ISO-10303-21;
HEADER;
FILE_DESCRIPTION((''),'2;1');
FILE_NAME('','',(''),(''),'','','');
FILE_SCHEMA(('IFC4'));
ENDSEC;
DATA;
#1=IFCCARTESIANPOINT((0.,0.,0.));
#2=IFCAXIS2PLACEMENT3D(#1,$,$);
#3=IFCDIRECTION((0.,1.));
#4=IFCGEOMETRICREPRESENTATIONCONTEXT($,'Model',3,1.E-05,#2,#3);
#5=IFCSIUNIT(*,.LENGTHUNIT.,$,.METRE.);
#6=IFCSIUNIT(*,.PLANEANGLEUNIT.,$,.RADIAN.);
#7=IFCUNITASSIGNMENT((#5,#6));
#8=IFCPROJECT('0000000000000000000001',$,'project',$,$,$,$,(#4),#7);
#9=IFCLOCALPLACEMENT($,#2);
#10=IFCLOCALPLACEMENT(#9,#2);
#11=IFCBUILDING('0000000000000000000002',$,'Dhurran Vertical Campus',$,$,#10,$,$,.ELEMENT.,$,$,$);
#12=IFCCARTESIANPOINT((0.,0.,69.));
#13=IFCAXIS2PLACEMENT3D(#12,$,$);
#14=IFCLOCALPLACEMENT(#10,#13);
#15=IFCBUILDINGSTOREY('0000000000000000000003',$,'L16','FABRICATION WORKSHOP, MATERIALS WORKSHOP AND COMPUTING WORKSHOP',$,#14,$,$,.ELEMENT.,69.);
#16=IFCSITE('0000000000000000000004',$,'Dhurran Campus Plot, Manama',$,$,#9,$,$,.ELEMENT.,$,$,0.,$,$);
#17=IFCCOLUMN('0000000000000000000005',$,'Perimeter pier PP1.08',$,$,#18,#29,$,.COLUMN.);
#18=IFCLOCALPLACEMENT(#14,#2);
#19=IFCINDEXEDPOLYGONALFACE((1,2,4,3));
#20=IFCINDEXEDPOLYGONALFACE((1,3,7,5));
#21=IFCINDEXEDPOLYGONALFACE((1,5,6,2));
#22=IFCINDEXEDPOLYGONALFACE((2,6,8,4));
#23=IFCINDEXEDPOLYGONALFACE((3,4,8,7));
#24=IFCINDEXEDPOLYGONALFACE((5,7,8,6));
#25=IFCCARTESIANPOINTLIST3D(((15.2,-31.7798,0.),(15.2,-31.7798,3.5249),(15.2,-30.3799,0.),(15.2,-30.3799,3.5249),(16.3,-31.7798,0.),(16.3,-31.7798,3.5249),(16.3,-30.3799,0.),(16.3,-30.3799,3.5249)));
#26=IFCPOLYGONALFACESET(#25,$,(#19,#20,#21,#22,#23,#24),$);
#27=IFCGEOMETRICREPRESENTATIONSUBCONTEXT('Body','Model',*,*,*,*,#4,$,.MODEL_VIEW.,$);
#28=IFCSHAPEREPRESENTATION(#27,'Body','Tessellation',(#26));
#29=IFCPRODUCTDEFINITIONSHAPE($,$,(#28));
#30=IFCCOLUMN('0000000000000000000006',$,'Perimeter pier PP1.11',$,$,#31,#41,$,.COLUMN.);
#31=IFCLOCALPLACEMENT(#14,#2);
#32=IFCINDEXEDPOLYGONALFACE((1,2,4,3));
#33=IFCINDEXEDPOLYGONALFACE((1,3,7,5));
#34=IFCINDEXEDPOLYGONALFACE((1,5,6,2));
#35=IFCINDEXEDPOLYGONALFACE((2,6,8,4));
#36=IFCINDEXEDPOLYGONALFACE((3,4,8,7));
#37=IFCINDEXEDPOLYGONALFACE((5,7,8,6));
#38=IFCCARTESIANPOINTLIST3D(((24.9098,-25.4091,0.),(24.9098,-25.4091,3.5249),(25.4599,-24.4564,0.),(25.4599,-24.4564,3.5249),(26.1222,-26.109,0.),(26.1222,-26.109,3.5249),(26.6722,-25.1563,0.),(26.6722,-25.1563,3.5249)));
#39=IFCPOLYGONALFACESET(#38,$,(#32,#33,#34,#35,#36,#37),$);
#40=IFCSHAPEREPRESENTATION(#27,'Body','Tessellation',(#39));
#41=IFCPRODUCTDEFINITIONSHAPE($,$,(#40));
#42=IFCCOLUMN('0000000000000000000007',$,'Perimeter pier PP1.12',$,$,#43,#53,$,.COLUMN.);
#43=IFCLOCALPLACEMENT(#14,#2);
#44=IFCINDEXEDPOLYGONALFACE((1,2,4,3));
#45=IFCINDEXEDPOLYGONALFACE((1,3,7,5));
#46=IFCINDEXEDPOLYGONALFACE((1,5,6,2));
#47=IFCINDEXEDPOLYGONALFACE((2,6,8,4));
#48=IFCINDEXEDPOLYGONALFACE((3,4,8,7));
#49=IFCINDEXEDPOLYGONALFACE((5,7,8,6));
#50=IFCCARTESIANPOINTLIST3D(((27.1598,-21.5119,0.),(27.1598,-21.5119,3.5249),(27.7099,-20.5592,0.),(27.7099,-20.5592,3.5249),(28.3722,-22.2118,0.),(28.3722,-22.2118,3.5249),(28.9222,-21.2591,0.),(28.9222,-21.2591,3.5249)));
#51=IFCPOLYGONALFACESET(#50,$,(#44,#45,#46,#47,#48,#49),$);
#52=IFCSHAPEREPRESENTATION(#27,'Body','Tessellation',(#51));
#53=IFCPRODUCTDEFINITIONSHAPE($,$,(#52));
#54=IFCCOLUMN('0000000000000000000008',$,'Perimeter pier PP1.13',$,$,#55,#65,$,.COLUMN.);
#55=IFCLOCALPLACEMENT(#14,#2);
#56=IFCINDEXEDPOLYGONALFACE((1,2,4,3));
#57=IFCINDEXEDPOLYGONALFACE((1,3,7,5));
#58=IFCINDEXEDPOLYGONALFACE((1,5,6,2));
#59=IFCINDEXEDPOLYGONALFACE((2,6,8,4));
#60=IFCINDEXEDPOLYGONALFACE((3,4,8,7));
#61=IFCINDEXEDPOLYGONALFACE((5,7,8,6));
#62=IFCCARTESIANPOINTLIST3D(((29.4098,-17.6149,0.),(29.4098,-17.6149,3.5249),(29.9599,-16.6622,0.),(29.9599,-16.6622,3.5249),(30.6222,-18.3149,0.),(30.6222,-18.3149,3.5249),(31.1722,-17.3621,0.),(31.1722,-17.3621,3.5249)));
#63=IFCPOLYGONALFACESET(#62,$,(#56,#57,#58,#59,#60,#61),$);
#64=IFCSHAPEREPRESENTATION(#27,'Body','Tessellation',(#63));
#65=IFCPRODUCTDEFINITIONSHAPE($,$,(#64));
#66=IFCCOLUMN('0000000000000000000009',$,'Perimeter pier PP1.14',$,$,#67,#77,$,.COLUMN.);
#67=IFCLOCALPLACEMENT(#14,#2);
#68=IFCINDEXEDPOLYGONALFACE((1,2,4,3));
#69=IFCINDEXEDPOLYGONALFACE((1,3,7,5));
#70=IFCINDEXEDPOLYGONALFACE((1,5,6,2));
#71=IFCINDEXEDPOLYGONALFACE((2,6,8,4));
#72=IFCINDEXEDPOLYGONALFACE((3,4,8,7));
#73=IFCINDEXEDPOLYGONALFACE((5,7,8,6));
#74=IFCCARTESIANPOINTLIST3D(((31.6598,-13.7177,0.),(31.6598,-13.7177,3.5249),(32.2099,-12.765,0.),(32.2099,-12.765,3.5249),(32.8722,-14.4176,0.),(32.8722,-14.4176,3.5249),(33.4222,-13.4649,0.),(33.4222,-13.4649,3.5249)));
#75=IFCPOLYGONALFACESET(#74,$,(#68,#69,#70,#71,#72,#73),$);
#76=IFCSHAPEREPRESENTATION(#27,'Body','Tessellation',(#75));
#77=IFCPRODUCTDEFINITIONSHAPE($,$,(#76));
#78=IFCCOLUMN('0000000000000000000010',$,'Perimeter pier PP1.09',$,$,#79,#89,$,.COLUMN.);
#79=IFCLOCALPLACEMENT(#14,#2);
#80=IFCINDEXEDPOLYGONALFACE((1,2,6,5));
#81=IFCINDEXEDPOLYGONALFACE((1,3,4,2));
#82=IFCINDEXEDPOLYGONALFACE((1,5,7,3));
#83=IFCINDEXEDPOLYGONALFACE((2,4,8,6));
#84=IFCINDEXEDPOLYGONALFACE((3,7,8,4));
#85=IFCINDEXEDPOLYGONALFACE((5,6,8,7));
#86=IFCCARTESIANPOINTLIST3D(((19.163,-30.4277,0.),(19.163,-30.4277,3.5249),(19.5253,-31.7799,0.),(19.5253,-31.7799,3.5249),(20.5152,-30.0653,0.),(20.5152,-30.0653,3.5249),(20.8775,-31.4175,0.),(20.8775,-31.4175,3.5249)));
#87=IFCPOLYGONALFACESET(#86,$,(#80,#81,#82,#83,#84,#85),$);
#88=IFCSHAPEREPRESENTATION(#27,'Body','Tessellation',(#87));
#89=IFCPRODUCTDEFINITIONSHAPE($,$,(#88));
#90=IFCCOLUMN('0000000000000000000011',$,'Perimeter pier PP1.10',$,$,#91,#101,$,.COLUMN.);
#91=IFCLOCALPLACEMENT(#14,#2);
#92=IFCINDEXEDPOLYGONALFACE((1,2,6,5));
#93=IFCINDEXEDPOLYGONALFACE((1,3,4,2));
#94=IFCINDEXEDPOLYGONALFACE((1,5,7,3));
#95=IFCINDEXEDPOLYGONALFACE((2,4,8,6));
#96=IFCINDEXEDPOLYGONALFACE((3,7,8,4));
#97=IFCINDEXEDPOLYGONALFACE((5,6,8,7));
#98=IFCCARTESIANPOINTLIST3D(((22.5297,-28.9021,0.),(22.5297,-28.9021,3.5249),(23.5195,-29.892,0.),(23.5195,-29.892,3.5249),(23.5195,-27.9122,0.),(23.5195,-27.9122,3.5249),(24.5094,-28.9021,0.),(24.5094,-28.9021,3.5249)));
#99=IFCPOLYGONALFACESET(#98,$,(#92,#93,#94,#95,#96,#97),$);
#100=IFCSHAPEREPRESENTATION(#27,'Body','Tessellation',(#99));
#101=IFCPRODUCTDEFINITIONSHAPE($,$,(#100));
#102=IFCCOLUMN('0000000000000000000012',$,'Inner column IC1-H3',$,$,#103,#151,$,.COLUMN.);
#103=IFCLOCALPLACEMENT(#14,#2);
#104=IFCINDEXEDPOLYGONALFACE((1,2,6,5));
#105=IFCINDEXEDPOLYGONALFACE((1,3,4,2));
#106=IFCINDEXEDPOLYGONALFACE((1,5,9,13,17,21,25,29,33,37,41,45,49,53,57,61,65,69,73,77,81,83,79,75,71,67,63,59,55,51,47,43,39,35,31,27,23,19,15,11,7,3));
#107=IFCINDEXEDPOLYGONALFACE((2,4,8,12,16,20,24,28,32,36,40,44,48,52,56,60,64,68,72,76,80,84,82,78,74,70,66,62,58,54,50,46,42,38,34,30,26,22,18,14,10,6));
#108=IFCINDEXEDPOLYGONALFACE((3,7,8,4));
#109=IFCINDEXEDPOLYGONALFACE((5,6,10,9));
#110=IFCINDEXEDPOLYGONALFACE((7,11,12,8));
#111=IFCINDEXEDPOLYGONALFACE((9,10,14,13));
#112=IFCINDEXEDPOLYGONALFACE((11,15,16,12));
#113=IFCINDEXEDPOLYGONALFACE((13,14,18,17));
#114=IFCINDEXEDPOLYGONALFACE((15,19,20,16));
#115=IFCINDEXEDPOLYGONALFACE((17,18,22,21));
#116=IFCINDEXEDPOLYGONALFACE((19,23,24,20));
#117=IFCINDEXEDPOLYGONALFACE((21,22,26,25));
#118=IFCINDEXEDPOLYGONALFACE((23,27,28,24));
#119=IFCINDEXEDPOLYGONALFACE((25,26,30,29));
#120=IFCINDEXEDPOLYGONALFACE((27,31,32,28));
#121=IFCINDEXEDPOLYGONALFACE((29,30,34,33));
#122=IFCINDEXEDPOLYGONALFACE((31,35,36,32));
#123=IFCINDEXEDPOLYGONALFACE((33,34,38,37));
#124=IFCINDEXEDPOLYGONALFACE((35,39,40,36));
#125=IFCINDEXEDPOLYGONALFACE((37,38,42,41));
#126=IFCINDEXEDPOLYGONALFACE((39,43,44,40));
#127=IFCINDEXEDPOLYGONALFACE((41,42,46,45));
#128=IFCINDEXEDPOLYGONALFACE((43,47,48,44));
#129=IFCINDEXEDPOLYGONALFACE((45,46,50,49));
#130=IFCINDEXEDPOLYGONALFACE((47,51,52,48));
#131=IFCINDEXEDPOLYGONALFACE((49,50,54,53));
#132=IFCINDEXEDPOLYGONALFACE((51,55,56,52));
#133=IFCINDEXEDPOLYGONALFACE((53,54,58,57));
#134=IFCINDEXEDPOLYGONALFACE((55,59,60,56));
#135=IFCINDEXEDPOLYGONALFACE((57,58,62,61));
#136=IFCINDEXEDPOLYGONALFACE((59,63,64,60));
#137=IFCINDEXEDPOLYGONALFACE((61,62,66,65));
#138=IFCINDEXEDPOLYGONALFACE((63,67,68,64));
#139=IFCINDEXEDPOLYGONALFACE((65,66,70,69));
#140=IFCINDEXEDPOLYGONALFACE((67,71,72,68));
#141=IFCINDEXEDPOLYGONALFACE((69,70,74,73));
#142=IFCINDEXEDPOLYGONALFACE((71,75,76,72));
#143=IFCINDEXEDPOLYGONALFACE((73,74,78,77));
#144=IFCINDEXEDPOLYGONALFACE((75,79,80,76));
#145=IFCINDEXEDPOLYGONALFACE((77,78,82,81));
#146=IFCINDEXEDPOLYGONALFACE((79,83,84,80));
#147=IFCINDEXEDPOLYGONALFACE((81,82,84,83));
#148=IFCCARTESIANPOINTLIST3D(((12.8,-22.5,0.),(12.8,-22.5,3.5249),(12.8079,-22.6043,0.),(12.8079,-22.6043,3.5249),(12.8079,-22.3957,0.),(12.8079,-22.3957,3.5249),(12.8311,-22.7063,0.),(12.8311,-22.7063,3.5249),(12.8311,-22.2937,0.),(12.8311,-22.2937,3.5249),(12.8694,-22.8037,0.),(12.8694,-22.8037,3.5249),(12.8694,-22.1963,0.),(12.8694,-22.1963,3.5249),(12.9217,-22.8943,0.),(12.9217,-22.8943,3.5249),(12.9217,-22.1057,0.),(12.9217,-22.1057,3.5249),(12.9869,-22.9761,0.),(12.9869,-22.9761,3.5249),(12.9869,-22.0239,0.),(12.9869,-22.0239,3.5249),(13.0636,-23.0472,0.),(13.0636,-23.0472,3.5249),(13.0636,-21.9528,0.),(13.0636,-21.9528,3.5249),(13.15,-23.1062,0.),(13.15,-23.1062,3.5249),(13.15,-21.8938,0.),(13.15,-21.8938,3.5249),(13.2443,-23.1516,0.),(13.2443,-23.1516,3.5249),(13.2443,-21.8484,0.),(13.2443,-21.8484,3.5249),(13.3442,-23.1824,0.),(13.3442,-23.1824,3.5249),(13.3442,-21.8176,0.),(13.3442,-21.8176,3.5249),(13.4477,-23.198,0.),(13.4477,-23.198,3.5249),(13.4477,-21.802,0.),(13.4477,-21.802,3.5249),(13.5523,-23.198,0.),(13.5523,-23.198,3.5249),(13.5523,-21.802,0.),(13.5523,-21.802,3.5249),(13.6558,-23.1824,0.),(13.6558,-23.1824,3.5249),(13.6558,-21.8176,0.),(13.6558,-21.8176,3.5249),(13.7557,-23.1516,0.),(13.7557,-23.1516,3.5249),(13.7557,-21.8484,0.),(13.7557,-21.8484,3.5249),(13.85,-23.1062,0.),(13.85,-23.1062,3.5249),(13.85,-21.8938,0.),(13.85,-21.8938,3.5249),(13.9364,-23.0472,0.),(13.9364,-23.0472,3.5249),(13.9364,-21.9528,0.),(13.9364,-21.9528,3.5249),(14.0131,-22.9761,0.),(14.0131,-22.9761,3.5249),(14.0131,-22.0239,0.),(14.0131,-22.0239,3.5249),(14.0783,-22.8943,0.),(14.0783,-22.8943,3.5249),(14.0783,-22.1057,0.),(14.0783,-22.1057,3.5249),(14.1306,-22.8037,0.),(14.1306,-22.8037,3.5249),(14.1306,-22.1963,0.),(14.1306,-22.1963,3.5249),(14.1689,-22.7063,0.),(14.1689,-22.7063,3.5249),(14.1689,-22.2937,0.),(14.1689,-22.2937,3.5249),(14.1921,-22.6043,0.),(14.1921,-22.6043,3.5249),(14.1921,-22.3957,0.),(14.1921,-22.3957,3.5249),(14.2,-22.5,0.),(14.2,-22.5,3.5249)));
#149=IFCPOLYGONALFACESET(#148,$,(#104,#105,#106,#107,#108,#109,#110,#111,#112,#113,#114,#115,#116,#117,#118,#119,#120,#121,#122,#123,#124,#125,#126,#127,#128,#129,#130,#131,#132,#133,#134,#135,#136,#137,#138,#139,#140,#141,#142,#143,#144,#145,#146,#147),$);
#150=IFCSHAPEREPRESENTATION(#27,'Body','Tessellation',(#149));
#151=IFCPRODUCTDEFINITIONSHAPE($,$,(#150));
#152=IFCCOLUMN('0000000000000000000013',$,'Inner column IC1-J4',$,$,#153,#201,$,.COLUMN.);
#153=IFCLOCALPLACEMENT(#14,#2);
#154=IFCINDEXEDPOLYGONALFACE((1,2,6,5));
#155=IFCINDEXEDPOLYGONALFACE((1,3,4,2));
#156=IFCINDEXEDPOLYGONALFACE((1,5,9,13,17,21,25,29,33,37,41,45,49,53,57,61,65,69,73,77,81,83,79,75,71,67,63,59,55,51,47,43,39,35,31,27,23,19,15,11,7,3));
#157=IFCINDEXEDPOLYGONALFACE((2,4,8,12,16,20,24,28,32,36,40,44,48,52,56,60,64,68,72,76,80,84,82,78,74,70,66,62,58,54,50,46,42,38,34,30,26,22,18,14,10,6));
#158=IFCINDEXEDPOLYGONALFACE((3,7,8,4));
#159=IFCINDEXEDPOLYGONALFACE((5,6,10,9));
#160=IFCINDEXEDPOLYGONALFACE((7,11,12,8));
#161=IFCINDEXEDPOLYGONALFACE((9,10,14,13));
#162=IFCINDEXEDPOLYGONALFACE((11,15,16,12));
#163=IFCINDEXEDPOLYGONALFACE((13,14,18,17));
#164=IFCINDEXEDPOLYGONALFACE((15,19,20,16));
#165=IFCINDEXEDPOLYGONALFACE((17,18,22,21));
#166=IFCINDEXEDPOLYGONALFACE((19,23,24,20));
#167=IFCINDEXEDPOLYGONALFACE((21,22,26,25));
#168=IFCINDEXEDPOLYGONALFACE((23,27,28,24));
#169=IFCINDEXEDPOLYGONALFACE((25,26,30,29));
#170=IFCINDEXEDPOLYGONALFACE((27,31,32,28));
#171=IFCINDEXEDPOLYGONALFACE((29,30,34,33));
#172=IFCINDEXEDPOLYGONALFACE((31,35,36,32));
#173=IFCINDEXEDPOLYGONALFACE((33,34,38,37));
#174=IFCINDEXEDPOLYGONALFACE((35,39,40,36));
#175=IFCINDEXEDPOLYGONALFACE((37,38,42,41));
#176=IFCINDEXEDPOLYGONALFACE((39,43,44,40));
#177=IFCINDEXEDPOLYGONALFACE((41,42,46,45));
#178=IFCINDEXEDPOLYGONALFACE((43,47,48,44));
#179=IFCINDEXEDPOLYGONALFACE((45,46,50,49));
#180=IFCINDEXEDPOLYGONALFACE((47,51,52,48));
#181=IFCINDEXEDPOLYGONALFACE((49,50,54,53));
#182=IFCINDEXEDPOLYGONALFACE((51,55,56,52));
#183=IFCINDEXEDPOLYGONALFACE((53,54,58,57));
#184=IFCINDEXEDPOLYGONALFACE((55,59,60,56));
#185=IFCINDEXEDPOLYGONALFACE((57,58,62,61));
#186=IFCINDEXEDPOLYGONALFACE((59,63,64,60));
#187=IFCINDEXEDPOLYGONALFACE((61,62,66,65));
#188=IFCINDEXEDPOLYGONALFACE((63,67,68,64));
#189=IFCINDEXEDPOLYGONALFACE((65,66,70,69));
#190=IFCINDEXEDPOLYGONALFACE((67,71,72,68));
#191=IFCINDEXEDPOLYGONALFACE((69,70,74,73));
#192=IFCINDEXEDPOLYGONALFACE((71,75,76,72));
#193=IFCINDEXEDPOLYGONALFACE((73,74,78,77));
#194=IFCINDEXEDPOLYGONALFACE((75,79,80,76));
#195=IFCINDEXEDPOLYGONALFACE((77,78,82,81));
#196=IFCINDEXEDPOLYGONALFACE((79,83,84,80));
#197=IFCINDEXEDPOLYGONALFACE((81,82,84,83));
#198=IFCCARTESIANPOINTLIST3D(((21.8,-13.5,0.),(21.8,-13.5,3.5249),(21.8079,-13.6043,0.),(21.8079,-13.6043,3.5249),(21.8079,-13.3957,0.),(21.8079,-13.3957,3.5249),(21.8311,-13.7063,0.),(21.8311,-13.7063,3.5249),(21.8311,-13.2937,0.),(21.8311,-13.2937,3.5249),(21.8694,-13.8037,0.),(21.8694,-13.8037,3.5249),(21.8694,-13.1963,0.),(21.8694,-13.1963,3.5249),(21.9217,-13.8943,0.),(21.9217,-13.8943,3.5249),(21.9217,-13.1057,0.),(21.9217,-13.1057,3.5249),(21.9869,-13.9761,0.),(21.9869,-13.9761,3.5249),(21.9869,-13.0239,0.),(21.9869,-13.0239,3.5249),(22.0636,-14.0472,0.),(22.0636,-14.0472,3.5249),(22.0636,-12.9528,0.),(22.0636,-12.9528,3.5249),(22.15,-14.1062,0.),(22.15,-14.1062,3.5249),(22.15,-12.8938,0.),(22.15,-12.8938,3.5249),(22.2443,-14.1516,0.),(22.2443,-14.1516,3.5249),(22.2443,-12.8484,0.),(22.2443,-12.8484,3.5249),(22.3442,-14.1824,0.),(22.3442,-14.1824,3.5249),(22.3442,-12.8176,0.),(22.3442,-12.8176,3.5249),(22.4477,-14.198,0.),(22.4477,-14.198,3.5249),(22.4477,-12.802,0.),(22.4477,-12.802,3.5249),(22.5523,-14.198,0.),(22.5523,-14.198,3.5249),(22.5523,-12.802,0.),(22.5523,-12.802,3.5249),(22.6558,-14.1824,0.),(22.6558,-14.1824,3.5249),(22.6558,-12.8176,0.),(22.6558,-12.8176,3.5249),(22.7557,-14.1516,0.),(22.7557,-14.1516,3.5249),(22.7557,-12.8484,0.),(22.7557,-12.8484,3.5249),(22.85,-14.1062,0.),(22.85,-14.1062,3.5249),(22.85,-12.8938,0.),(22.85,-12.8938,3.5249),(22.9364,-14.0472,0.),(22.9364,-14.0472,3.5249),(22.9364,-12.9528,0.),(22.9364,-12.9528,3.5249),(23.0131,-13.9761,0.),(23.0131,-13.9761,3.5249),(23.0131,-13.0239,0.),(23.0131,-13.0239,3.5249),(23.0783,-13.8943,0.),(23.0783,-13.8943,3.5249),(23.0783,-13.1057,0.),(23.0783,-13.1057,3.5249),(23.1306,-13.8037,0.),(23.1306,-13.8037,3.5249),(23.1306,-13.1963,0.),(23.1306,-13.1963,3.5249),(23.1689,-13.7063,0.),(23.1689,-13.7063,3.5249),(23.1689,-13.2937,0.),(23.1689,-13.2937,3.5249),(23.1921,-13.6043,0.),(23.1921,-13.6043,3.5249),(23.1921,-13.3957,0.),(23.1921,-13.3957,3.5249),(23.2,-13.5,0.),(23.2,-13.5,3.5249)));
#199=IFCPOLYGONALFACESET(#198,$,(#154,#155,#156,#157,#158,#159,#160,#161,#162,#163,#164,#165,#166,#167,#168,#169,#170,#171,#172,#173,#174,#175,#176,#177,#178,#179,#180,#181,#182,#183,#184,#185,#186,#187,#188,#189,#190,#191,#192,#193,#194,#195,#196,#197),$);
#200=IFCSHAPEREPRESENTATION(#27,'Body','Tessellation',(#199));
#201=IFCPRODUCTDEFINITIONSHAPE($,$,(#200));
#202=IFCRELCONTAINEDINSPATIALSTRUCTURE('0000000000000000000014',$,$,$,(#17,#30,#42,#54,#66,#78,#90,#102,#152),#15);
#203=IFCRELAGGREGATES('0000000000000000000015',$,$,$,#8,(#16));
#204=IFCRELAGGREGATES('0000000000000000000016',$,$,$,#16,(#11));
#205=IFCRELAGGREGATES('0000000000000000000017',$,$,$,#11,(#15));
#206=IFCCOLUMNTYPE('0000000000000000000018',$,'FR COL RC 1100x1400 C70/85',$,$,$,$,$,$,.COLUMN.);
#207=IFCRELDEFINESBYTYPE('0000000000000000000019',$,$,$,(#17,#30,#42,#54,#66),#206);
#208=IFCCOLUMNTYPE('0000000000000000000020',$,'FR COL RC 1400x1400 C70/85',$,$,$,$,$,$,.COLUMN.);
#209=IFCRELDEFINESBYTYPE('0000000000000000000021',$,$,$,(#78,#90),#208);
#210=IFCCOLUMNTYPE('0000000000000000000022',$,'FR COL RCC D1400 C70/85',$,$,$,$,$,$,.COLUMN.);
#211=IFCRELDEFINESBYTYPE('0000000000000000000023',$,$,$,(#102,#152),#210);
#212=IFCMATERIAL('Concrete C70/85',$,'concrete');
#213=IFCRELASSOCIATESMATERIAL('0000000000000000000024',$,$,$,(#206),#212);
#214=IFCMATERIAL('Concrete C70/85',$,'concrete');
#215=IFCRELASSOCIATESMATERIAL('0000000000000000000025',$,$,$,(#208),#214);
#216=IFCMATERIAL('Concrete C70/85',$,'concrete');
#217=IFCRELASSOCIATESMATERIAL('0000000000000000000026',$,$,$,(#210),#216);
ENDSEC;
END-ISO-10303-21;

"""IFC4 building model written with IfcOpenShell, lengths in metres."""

from ifc_helpers import new_model, si_unit, direction, frame, origin, origin_2d, place, context, subcontext, project, spatial, rectangle, circle, extrude, material, material_profile, profile_set, type_object, element, save


model = new_model("IFC4")

# Units and contexts
model_context = context("Model", 3, precision=1e-05, world=origin(), true_north=direction((0.0, 1.0)))
body_context = subcontext(model_context, "Body", "Model", "MODEL_VIEW")
ifc_project = project(units=[si_unit("LENGTHUNIT", "METRE"), si_unit("PLANEANGLEUNIT", "RADIAN")], contexts=[model_context])

# Site, building, storey
site_placement = place(None, origin())
site = spatial("IfcSite", under=ifc_project, at=site_placement, Name="Dhurran Campus Plot, Manama", CompositionType="ELEMENT", RefElevation=0.0)
building_placement = place(site_placement, origin())
building = spatial("IfcBuilding", under=site, at=building_placement, Name="Dhurran Vertical Campus", CompositionType="ELEMENT")
storey_placement = place(building_placement, frame((0.0, 0.0, 69.0)))
storey = spatial("IfcBuildingStorey", under=building, at=storey_placement, Name="L16", Description="FABRICATION WORKSHOP, MATERIALS WORKSHOP AND COMPUTING WORKSHOP", CompositionType="ELEMENT", Elevation=69.0)

# Columns
ifc_material_1 = material(Name="Concrete C70/85", Category="concrete")
ifc_material_profile_1 = material_profile(ifc_material_1, rectangle(XDim=1.1001, YDim=1.3999, at=origin_2d()), Name="RC 1100x1400")
ifc_profile_set_1 = profile_set([ifc_material_profile_1], Name="Concrete C70/85")
column_type_1 = type_object("IfcColumnType", Name="FR COL RC 1100x1400 C70/85", PredefinedType="COLUMN", material=ifc_profile_set_1)
for number, where, z_axis, x_axis, name in (
    (1, (15.75, -31.0798, 0.0), (0.0, 0.0, 1.0), (1.0, 0.0, 0.0), "Perimeter pier PP1.08"),
    (2, (25.791, -25.2827, 0.0), (0.0, 0.0, 1.0), (0.5, 0.866025, 0.0), "Perimeter pier PP1.11"),
    (3, (28.041, -21.3855, 0.0), (0.0, 0.0, 1.0), (0.5, 0.866025, 0.0), "Perimeter pier PP1.12"),
    (4, (30.291, -17.4885, 0.0), (0.0, 0.0, 1.0), (0.5, 0.866025, 0.0), "Perimeter pier PP1.13"),
    (5, (32.541, -13.5913, 0.0), (0.0, 0.0, 1.0), (0.5, 0.866025, 0.0), "Perimeter pier PP1.14"),
):
    element("IfcColumn", number, at=place(storey_placement, frame(where, z_axis=z_axis, x_axis=x_axis)), inside=storey, type_object=column_type_1, Name=name, PredefinedType="COLUMN", context=body_context, shape_type="SweptSolid", body=[
        extrude(rectangle(XDim=1.1001, YDim=1.3999, at=origin_2d()), origin(), (0.0, 0.0, 1.0), 3.5249),
    ])
ifc_material_2 = material(Name="Concrete C70/85", Category="concrete")
ifc_material_profile_2 = material_profile(ifc_material_2, rectangle(XDim=1.3999, YDim=1.3999, at=origin_2d()), Name="RC 1400x1400")
ifc_profile_set_2 = profile_set([ifc_material_profile_2], Name="Concrete C70/85")
column_type_2 = type_object("IfcColumnType", Name="FR COL RC 1400x1400 C70/85", PredefinedType="COLUMN", material=ifc_profile_set_2)
for number, where, z_axis, x_axis, name in (
    (6, (20.0203, -30.9226, 0.0), (0.0, 0.0, 1.0), (0.965926, 0.258819, 0.0), "Perimeter pier PP1.09"),
    (7, (23.5195, -28.9021, 0.0), (0.0, 0.0, 1.0), (0.707107, 0.707107, 0.0), "Perimeter pier PP1.10"),
):
    element("IfcColumn", number, at=place(storey_placement, frame(where, z_axis=z_axis, x_axis=x_axis)), inside=storey, type_object=column_type_2, Name=name, PredefinedType="COLUMN", context=body_context, shape_type="SweptSolid", body=[
        extrude(rectangle(XDim=1.3999, YDim=1.3999, at=origin_2d()), origin(), (0.0, 0.0, 1.0), 3.5249),
    ])
ifc_material_3 = material(Name="Concrete C70/85", Category="concrete")
ifc_material_profile_3 = material_profile(ifc_material_3, circle(Radius=0.7, at=origin_2d()), Name="RCC D1400")
ifc_profile_set_3 = profile_set([ifc_material_profile_3], Name="Concrete C70/85")
column_type_3 = type_object("IfcColumnType", Name="FR COL RCC D1400 C70/85", PredefinedType="COLUMN", material=ifc_profile_set_3)
for number, where, z_axis, x_axis, name in (
    (8, (13.5, -22.5, 0.0), (0.0, 0.0, 1.0), (1.0, 0.0, 0.0), "Inner column IC1-H3"),
    (9, (22.5, -13.5, 0.0), (0.0, 0.0, 1.0), (1.0, 0.0, 0.0), "Inner column IC1-J4"),
):
    element("IfcColumn", number, at=place(storey_placement, frame(where, z_axis=z_axis, x_axis=x_axis)), inside=storey, type_object=column_type_3, Name=name, PredefinedType="COLUMN", context=body_context, shape_type="SweptSolid", body=[
        extrude(circle(Radius=0.7, at=origin_2d()), origin(), (0.0, 0.0, 1.0), 3.5249),
    ])

save(model, "model.ifc")
